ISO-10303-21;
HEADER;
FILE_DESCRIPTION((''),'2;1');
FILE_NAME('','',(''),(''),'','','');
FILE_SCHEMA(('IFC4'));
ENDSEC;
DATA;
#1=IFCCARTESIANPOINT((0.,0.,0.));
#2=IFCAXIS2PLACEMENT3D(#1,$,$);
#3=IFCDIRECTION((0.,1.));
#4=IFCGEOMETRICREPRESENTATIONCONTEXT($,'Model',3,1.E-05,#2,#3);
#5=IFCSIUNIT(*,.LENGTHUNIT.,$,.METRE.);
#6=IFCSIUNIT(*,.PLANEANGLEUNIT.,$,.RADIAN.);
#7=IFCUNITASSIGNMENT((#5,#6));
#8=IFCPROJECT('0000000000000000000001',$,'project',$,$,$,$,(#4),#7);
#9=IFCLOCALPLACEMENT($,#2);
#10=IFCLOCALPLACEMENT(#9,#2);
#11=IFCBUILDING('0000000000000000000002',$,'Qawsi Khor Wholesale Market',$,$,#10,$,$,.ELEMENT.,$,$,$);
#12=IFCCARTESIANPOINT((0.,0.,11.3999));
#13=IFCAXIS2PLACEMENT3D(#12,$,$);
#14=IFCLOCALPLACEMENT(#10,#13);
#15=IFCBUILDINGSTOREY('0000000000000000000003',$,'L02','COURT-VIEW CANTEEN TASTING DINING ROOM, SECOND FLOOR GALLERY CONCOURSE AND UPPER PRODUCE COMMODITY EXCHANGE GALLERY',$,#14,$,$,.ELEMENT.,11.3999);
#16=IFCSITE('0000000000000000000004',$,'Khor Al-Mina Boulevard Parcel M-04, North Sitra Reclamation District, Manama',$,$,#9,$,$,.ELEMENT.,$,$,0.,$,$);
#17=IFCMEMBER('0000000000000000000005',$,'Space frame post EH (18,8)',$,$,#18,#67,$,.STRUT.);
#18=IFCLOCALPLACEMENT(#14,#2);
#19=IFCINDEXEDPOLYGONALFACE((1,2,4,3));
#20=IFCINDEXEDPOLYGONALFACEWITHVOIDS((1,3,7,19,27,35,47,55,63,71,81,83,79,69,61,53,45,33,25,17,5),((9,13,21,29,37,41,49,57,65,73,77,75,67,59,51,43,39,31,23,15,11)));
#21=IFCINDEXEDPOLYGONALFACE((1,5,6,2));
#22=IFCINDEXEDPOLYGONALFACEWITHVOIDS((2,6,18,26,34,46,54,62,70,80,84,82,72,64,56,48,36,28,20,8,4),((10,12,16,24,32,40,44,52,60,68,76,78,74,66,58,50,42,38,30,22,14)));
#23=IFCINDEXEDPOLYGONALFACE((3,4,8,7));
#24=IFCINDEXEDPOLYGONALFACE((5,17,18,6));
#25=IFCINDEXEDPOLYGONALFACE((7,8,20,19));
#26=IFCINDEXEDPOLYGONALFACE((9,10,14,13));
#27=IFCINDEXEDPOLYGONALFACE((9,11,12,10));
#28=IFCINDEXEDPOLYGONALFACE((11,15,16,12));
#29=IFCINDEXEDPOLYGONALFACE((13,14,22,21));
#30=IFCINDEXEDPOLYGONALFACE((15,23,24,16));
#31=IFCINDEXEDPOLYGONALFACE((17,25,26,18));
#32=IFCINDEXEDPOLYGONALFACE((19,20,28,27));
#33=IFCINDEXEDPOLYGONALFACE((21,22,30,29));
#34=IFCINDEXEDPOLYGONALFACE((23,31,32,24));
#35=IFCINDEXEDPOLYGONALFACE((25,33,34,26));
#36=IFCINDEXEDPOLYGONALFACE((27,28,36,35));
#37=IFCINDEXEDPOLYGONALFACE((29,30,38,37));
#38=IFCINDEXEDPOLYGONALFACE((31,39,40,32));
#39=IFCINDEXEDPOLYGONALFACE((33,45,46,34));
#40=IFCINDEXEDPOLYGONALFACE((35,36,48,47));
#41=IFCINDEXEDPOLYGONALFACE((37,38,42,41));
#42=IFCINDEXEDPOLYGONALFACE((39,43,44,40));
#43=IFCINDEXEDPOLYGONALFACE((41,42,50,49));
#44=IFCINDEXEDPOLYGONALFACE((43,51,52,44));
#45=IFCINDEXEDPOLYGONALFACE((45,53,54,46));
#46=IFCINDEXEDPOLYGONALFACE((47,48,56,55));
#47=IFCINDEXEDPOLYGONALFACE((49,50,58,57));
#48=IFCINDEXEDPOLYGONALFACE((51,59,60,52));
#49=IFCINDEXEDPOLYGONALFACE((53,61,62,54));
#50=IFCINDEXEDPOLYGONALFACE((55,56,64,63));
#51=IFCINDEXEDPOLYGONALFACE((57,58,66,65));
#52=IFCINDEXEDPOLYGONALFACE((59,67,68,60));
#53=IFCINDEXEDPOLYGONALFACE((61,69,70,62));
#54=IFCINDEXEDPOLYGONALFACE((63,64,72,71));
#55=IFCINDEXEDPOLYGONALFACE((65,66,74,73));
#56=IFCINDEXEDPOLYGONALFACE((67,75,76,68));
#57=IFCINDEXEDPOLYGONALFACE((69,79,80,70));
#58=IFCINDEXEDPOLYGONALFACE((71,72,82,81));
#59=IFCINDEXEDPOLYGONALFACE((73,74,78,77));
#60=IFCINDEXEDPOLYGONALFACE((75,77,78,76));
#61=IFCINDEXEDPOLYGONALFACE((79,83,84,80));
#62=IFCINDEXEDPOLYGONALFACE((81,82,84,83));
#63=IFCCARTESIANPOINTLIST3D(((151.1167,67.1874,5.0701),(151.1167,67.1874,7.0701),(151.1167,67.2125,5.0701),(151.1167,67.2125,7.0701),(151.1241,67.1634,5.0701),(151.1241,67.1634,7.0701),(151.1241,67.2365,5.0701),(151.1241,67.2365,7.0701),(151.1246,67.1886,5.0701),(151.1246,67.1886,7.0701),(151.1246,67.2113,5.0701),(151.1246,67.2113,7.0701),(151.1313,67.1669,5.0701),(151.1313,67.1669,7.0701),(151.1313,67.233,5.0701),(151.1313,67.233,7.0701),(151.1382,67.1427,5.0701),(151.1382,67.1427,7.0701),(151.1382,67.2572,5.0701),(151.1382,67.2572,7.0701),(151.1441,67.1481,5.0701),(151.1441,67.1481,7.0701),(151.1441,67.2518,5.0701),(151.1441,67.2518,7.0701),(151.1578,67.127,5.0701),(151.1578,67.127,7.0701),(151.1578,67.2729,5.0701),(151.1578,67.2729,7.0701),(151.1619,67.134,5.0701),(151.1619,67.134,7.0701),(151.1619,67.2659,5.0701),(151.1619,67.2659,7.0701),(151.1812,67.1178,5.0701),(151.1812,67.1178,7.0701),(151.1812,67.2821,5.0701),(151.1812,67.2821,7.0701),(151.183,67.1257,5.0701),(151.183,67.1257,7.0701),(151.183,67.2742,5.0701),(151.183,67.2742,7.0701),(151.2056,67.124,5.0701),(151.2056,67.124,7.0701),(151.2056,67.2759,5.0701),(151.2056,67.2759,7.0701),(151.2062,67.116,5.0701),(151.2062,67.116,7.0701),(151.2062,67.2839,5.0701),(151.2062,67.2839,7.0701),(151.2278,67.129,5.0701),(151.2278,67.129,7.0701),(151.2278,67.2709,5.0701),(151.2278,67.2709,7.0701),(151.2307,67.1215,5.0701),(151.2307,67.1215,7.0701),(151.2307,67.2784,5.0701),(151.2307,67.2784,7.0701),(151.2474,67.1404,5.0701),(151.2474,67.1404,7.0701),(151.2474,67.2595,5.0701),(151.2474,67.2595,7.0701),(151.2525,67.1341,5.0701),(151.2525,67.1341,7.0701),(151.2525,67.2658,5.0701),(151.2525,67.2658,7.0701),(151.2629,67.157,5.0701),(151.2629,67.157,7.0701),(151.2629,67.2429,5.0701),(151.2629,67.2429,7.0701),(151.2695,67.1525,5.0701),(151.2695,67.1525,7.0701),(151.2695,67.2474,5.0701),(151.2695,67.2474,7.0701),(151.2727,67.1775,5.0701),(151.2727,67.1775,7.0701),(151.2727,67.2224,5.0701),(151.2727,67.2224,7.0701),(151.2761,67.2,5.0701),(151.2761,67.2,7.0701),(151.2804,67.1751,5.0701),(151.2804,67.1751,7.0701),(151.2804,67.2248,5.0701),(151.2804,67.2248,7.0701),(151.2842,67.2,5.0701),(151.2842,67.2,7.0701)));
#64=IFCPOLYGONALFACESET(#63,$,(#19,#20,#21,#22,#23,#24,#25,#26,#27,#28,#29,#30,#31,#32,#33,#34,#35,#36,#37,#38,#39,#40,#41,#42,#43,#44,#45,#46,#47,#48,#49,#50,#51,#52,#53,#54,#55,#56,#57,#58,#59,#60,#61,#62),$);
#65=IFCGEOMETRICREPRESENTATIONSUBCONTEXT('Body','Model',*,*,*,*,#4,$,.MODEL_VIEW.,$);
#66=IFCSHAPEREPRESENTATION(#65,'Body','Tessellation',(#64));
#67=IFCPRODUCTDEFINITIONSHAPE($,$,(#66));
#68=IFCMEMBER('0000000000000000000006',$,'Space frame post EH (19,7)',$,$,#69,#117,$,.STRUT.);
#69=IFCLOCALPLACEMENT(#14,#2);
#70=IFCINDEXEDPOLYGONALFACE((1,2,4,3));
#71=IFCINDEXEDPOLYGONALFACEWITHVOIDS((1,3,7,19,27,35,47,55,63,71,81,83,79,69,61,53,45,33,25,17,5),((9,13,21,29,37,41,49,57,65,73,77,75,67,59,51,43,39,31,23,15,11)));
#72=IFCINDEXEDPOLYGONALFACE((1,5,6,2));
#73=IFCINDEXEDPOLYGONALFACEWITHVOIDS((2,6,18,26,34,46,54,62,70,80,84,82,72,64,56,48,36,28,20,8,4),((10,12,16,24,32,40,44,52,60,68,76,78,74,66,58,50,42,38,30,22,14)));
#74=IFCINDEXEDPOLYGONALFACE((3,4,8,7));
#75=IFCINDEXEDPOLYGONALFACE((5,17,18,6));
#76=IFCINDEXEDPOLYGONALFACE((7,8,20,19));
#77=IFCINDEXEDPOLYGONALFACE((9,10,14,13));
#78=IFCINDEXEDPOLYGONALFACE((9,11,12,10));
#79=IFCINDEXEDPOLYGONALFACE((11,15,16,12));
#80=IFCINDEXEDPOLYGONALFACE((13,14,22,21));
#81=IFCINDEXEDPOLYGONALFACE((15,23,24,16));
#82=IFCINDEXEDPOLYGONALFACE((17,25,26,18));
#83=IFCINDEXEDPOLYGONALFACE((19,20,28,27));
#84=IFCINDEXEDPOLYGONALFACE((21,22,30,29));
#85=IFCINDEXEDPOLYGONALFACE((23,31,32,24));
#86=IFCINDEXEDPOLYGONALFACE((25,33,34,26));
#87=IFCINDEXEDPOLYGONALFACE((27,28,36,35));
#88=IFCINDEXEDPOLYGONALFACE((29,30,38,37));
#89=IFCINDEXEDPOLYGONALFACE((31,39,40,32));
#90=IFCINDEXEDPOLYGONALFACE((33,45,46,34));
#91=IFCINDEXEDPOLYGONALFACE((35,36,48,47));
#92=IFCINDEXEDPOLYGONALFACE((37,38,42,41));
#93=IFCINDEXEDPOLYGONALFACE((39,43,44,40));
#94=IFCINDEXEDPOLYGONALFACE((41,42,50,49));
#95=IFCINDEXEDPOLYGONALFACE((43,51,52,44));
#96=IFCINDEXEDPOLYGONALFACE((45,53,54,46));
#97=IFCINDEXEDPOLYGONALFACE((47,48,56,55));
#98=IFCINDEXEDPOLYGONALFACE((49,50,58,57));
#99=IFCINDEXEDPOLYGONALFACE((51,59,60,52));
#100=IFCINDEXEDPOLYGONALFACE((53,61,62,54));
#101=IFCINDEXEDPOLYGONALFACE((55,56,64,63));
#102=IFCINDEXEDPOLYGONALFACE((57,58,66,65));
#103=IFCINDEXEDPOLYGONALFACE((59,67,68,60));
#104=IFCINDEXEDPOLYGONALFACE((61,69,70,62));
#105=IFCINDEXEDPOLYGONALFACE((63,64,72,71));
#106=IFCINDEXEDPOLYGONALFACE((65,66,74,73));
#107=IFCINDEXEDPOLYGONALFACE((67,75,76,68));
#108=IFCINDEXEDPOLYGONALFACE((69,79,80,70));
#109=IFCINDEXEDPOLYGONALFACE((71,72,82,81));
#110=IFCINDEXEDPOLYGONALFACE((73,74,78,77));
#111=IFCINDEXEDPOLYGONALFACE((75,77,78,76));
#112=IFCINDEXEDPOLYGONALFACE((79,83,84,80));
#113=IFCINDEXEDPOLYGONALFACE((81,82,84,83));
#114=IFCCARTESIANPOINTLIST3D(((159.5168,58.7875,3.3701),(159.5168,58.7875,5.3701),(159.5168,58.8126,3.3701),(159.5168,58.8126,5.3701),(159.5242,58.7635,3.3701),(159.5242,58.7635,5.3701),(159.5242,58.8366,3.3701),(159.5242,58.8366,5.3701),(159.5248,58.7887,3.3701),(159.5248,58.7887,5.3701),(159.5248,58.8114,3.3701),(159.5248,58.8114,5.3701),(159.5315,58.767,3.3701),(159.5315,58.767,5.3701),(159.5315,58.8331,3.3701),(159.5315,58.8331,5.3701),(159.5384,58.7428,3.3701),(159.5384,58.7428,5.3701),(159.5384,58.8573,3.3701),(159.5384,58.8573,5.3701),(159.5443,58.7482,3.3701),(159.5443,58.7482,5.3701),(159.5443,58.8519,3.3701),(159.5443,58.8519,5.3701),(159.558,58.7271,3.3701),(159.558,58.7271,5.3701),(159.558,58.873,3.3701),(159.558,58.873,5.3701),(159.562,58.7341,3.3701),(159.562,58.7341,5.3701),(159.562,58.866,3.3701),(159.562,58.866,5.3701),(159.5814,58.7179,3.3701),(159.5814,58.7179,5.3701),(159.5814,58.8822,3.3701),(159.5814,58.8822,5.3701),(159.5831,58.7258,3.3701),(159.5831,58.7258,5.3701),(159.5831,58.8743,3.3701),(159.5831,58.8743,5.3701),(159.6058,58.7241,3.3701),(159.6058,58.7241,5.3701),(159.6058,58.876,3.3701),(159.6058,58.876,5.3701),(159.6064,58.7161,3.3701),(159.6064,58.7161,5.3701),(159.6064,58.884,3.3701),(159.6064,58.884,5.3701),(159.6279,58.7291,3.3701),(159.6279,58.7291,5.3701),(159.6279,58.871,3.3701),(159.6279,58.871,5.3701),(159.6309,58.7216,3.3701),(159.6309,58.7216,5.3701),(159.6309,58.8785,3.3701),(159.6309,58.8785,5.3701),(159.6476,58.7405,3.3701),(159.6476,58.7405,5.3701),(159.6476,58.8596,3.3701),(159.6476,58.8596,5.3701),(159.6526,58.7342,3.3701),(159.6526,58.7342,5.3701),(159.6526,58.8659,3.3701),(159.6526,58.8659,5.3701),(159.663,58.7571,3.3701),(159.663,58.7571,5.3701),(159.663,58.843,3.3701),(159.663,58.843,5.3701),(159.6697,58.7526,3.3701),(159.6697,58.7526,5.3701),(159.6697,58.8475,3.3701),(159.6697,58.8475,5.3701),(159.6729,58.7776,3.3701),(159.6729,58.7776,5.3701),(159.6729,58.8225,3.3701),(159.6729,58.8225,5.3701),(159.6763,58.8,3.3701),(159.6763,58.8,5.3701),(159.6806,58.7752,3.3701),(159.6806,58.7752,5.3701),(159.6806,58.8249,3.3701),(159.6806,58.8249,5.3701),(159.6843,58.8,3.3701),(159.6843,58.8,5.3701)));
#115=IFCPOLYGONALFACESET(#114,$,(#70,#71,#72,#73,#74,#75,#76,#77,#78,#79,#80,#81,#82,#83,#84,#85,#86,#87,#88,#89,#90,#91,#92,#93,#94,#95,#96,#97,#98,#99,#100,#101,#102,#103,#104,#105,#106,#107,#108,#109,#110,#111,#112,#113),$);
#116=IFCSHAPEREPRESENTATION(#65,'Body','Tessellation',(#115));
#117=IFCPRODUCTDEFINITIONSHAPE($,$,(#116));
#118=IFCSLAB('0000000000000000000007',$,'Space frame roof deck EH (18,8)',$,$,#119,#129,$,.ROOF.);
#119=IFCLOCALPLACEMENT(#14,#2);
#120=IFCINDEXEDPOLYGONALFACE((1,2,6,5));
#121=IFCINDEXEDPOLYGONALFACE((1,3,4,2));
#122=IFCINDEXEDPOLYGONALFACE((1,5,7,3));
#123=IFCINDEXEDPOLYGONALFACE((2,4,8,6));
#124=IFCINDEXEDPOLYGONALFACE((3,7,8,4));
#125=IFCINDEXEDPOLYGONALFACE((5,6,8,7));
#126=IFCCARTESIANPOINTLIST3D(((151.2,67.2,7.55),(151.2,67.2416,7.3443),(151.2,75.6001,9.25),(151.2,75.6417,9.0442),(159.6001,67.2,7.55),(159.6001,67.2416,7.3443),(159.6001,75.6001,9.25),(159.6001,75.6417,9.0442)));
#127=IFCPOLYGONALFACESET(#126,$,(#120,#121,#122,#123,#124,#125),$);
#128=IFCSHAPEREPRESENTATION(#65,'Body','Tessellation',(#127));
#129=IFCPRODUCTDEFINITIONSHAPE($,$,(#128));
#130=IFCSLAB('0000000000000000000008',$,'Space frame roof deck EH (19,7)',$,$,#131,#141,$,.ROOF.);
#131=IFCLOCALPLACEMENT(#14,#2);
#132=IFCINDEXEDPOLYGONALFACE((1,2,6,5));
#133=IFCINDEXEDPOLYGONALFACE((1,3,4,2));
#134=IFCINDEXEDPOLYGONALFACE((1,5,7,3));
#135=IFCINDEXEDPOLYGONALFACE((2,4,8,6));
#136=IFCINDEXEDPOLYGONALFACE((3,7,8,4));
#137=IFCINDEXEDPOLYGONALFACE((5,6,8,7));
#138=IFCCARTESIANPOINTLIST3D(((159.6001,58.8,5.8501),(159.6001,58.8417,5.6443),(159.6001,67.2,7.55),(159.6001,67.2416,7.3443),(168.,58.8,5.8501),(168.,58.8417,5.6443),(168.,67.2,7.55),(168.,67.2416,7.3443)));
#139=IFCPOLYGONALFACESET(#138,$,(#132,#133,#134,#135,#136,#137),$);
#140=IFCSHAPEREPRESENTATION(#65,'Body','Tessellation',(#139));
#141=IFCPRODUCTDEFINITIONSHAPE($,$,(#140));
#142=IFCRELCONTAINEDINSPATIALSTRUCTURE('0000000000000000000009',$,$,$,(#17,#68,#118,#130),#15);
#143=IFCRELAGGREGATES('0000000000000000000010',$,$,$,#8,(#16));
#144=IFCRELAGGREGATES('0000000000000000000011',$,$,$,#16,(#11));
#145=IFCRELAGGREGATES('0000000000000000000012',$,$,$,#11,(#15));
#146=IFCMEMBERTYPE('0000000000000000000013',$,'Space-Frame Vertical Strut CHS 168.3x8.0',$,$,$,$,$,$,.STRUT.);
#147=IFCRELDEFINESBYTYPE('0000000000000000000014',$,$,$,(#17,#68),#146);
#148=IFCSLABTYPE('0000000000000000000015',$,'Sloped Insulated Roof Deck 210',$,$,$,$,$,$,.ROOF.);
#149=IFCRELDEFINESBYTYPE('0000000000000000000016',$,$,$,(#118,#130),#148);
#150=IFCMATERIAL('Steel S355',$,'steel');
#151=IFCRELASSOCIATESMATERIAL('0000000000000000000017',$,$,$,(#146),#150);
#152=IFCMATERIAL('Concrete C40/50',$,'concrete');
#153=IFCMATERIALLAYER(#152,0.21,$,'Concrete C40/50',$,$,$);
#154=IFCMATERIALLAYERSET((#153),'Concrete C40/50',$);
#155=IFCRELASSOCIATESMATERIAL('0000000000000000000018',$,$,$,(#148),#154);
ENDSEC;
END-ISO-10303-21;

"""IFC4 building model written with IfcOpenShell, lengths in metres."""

from ifc_helpers import new_model, si_unit, direction, frame, origin, origin_2d, place, context, subcontext, project, spatial, polyline, hollow_circle, outline, extrude, material, layer, layer_set, material_profile, profile_set, type_object, element, save


model = new_model("IFC4")

# Units and contexts
model_context = context("Model", 3, precision=1e-05, world=origin(), true_north=direction((0.0, 1.0)))
body_context = subcontext(model_context, "Body", "Model", "MODEL_VIEW")
ifc_project = project(units=[si_unit("LENGTHUNIT", "METRE"), si_unit("PLANEANGLEUNIT", "RADIAN")], contexts=[model_context])

# Site, building, storey
site_placement = place(None, origin())
site = spatial("IfcSite", under=ifc_project, at=site_placement, Name="Khor Al-Mina Boulevard Parcel M-04, North Sitra Reclamation District, Manama", CompositionType="ELEMENT", RefElevation=0.0)
building_placement = place(site_placement, origin())
building = spatial("IfcBuilding", under=site, at=building_placement, Name="Qawsi Khor Wholesale Market", CompositionType="ELEMENT")
storey_placement = place(building_placement, frame((0.0, 0.0, 11.3999)))
storey = spatial("IfcBuildingStorey", under=building, at=storey_placement, Name="L02", Description="COURT-VIEW CANTEEN TASTING DINING ROOM, SECOND FLOOR GALLERY CONCOURSE AND UPPER PRODUCE COMMODITY EXCHANGE GALLERY", CompositionType="ELEMENT", Elevation=11.3999)

# Members
ifc_material_1 = material(Name="Steel S355", Category="steel")
ifc_material_profile_1 = material_profile(ifc_material_1, hollow_circle(Radius=0.0842, WallThickness=0.0081, at=origin_2d()), Name="CHS 168.3x8.0")
ifc_profile_set_1 = profile_set([ifc_material_profile_1], Name="Steel S355")
member_type_1 = type_object("IfcMemberType", Name="Space-Frame Vertical Strut CHS 168.3x8.0", PredefinedType="STRUT", material=ifc_profile_set_1)
for number, where, z_axis, x_axis, name in (
    (1, (151.2, 67.2, 5.0701), (0.0, 0.0, 1.0), (1.0, 0.0, 0.0), "Space frame post EH (18,8)"),
    (2, (159.6001, 58.8, 3.3701), (0.0, 0.0, 1.0), (1.0, 0.0, 0.0), "Space frame post EH (19,7)"),
):
    element("IfcMember", number, at=place(storey_placement, frame(where, z_axis=z_axis, x_axis=x_axis)), inside=storey, type_object=member_type_1, Name=name, PredefinedType="STRUT", context=body_context, shape_type="SweptSolid", body=[
        extrude(hollow_circle(Radius=0.0842, WallThickness=0.0081, at=origin_2d()), origin(), (0.0, 0.0, 1.0), 2.0),
    ])

# Slabs
ifc_material_2 = material(Name="Concrete C40/50", Category="concrete")
ifc_layer = layer(ifc_material_2, 0.21, Name="Concrete C40/50")
ifc_layer_set = layer_set([ifc_layer], Name="Concrete C40/50")
slab_type = type_object("IfcSlabType", Name="Sloped Insulated Roof Deck 210", PredefinedType="ROOF", material=ifc_layer_set)
slab_1_placement = place(storey_placement, frame((151.2, 67.2, 7.55), z_axis=(0.0, -0.198351, 0.980131), x_axis=(1.0, 0.0, 0.0)))
element("IfcSlab", 3, at=slab_1_placement, inside=storey, type_object=slab_type, Name="Space frame roof deck EH (18,8)", PredefinedType="ROOF", context=body_context, shape_type="SweptSolid", body=[
    extrude(outline(polyline([(0.0, 0.0), (8.4001, 0.0), (8.4001, 8.5704), (0.0, 8.5704), (0.0, 0.0)])), origin(), (0.0, 0.0, -1.0), 0.21),
])
slab_2_placement = place(storey_placement, frame((159.6001, 58.8, 5.8501), z_axis=(0.0, -0.198356, 0.98013), x_axis=(1.0, 0.0, 0.0)))
element("IfcSlab", 4, at=slab_2_placement, inside=storey, type_object=slab_type, Name="Space frame roof deck EH (19,7)", PredefinedType="ROOF", context=body_context, shape_type="SweptSolid", body=[
    extrude(outline(polyline([(0.0, 0.0), (8.3999, 0.0), (8.3999, 8.5702), (0.0, 8.5702), (0.0, 0.0)])), origin(), (0.0, 0.0, -1.0), 0.21),
])

save(model, "model.ifc")
